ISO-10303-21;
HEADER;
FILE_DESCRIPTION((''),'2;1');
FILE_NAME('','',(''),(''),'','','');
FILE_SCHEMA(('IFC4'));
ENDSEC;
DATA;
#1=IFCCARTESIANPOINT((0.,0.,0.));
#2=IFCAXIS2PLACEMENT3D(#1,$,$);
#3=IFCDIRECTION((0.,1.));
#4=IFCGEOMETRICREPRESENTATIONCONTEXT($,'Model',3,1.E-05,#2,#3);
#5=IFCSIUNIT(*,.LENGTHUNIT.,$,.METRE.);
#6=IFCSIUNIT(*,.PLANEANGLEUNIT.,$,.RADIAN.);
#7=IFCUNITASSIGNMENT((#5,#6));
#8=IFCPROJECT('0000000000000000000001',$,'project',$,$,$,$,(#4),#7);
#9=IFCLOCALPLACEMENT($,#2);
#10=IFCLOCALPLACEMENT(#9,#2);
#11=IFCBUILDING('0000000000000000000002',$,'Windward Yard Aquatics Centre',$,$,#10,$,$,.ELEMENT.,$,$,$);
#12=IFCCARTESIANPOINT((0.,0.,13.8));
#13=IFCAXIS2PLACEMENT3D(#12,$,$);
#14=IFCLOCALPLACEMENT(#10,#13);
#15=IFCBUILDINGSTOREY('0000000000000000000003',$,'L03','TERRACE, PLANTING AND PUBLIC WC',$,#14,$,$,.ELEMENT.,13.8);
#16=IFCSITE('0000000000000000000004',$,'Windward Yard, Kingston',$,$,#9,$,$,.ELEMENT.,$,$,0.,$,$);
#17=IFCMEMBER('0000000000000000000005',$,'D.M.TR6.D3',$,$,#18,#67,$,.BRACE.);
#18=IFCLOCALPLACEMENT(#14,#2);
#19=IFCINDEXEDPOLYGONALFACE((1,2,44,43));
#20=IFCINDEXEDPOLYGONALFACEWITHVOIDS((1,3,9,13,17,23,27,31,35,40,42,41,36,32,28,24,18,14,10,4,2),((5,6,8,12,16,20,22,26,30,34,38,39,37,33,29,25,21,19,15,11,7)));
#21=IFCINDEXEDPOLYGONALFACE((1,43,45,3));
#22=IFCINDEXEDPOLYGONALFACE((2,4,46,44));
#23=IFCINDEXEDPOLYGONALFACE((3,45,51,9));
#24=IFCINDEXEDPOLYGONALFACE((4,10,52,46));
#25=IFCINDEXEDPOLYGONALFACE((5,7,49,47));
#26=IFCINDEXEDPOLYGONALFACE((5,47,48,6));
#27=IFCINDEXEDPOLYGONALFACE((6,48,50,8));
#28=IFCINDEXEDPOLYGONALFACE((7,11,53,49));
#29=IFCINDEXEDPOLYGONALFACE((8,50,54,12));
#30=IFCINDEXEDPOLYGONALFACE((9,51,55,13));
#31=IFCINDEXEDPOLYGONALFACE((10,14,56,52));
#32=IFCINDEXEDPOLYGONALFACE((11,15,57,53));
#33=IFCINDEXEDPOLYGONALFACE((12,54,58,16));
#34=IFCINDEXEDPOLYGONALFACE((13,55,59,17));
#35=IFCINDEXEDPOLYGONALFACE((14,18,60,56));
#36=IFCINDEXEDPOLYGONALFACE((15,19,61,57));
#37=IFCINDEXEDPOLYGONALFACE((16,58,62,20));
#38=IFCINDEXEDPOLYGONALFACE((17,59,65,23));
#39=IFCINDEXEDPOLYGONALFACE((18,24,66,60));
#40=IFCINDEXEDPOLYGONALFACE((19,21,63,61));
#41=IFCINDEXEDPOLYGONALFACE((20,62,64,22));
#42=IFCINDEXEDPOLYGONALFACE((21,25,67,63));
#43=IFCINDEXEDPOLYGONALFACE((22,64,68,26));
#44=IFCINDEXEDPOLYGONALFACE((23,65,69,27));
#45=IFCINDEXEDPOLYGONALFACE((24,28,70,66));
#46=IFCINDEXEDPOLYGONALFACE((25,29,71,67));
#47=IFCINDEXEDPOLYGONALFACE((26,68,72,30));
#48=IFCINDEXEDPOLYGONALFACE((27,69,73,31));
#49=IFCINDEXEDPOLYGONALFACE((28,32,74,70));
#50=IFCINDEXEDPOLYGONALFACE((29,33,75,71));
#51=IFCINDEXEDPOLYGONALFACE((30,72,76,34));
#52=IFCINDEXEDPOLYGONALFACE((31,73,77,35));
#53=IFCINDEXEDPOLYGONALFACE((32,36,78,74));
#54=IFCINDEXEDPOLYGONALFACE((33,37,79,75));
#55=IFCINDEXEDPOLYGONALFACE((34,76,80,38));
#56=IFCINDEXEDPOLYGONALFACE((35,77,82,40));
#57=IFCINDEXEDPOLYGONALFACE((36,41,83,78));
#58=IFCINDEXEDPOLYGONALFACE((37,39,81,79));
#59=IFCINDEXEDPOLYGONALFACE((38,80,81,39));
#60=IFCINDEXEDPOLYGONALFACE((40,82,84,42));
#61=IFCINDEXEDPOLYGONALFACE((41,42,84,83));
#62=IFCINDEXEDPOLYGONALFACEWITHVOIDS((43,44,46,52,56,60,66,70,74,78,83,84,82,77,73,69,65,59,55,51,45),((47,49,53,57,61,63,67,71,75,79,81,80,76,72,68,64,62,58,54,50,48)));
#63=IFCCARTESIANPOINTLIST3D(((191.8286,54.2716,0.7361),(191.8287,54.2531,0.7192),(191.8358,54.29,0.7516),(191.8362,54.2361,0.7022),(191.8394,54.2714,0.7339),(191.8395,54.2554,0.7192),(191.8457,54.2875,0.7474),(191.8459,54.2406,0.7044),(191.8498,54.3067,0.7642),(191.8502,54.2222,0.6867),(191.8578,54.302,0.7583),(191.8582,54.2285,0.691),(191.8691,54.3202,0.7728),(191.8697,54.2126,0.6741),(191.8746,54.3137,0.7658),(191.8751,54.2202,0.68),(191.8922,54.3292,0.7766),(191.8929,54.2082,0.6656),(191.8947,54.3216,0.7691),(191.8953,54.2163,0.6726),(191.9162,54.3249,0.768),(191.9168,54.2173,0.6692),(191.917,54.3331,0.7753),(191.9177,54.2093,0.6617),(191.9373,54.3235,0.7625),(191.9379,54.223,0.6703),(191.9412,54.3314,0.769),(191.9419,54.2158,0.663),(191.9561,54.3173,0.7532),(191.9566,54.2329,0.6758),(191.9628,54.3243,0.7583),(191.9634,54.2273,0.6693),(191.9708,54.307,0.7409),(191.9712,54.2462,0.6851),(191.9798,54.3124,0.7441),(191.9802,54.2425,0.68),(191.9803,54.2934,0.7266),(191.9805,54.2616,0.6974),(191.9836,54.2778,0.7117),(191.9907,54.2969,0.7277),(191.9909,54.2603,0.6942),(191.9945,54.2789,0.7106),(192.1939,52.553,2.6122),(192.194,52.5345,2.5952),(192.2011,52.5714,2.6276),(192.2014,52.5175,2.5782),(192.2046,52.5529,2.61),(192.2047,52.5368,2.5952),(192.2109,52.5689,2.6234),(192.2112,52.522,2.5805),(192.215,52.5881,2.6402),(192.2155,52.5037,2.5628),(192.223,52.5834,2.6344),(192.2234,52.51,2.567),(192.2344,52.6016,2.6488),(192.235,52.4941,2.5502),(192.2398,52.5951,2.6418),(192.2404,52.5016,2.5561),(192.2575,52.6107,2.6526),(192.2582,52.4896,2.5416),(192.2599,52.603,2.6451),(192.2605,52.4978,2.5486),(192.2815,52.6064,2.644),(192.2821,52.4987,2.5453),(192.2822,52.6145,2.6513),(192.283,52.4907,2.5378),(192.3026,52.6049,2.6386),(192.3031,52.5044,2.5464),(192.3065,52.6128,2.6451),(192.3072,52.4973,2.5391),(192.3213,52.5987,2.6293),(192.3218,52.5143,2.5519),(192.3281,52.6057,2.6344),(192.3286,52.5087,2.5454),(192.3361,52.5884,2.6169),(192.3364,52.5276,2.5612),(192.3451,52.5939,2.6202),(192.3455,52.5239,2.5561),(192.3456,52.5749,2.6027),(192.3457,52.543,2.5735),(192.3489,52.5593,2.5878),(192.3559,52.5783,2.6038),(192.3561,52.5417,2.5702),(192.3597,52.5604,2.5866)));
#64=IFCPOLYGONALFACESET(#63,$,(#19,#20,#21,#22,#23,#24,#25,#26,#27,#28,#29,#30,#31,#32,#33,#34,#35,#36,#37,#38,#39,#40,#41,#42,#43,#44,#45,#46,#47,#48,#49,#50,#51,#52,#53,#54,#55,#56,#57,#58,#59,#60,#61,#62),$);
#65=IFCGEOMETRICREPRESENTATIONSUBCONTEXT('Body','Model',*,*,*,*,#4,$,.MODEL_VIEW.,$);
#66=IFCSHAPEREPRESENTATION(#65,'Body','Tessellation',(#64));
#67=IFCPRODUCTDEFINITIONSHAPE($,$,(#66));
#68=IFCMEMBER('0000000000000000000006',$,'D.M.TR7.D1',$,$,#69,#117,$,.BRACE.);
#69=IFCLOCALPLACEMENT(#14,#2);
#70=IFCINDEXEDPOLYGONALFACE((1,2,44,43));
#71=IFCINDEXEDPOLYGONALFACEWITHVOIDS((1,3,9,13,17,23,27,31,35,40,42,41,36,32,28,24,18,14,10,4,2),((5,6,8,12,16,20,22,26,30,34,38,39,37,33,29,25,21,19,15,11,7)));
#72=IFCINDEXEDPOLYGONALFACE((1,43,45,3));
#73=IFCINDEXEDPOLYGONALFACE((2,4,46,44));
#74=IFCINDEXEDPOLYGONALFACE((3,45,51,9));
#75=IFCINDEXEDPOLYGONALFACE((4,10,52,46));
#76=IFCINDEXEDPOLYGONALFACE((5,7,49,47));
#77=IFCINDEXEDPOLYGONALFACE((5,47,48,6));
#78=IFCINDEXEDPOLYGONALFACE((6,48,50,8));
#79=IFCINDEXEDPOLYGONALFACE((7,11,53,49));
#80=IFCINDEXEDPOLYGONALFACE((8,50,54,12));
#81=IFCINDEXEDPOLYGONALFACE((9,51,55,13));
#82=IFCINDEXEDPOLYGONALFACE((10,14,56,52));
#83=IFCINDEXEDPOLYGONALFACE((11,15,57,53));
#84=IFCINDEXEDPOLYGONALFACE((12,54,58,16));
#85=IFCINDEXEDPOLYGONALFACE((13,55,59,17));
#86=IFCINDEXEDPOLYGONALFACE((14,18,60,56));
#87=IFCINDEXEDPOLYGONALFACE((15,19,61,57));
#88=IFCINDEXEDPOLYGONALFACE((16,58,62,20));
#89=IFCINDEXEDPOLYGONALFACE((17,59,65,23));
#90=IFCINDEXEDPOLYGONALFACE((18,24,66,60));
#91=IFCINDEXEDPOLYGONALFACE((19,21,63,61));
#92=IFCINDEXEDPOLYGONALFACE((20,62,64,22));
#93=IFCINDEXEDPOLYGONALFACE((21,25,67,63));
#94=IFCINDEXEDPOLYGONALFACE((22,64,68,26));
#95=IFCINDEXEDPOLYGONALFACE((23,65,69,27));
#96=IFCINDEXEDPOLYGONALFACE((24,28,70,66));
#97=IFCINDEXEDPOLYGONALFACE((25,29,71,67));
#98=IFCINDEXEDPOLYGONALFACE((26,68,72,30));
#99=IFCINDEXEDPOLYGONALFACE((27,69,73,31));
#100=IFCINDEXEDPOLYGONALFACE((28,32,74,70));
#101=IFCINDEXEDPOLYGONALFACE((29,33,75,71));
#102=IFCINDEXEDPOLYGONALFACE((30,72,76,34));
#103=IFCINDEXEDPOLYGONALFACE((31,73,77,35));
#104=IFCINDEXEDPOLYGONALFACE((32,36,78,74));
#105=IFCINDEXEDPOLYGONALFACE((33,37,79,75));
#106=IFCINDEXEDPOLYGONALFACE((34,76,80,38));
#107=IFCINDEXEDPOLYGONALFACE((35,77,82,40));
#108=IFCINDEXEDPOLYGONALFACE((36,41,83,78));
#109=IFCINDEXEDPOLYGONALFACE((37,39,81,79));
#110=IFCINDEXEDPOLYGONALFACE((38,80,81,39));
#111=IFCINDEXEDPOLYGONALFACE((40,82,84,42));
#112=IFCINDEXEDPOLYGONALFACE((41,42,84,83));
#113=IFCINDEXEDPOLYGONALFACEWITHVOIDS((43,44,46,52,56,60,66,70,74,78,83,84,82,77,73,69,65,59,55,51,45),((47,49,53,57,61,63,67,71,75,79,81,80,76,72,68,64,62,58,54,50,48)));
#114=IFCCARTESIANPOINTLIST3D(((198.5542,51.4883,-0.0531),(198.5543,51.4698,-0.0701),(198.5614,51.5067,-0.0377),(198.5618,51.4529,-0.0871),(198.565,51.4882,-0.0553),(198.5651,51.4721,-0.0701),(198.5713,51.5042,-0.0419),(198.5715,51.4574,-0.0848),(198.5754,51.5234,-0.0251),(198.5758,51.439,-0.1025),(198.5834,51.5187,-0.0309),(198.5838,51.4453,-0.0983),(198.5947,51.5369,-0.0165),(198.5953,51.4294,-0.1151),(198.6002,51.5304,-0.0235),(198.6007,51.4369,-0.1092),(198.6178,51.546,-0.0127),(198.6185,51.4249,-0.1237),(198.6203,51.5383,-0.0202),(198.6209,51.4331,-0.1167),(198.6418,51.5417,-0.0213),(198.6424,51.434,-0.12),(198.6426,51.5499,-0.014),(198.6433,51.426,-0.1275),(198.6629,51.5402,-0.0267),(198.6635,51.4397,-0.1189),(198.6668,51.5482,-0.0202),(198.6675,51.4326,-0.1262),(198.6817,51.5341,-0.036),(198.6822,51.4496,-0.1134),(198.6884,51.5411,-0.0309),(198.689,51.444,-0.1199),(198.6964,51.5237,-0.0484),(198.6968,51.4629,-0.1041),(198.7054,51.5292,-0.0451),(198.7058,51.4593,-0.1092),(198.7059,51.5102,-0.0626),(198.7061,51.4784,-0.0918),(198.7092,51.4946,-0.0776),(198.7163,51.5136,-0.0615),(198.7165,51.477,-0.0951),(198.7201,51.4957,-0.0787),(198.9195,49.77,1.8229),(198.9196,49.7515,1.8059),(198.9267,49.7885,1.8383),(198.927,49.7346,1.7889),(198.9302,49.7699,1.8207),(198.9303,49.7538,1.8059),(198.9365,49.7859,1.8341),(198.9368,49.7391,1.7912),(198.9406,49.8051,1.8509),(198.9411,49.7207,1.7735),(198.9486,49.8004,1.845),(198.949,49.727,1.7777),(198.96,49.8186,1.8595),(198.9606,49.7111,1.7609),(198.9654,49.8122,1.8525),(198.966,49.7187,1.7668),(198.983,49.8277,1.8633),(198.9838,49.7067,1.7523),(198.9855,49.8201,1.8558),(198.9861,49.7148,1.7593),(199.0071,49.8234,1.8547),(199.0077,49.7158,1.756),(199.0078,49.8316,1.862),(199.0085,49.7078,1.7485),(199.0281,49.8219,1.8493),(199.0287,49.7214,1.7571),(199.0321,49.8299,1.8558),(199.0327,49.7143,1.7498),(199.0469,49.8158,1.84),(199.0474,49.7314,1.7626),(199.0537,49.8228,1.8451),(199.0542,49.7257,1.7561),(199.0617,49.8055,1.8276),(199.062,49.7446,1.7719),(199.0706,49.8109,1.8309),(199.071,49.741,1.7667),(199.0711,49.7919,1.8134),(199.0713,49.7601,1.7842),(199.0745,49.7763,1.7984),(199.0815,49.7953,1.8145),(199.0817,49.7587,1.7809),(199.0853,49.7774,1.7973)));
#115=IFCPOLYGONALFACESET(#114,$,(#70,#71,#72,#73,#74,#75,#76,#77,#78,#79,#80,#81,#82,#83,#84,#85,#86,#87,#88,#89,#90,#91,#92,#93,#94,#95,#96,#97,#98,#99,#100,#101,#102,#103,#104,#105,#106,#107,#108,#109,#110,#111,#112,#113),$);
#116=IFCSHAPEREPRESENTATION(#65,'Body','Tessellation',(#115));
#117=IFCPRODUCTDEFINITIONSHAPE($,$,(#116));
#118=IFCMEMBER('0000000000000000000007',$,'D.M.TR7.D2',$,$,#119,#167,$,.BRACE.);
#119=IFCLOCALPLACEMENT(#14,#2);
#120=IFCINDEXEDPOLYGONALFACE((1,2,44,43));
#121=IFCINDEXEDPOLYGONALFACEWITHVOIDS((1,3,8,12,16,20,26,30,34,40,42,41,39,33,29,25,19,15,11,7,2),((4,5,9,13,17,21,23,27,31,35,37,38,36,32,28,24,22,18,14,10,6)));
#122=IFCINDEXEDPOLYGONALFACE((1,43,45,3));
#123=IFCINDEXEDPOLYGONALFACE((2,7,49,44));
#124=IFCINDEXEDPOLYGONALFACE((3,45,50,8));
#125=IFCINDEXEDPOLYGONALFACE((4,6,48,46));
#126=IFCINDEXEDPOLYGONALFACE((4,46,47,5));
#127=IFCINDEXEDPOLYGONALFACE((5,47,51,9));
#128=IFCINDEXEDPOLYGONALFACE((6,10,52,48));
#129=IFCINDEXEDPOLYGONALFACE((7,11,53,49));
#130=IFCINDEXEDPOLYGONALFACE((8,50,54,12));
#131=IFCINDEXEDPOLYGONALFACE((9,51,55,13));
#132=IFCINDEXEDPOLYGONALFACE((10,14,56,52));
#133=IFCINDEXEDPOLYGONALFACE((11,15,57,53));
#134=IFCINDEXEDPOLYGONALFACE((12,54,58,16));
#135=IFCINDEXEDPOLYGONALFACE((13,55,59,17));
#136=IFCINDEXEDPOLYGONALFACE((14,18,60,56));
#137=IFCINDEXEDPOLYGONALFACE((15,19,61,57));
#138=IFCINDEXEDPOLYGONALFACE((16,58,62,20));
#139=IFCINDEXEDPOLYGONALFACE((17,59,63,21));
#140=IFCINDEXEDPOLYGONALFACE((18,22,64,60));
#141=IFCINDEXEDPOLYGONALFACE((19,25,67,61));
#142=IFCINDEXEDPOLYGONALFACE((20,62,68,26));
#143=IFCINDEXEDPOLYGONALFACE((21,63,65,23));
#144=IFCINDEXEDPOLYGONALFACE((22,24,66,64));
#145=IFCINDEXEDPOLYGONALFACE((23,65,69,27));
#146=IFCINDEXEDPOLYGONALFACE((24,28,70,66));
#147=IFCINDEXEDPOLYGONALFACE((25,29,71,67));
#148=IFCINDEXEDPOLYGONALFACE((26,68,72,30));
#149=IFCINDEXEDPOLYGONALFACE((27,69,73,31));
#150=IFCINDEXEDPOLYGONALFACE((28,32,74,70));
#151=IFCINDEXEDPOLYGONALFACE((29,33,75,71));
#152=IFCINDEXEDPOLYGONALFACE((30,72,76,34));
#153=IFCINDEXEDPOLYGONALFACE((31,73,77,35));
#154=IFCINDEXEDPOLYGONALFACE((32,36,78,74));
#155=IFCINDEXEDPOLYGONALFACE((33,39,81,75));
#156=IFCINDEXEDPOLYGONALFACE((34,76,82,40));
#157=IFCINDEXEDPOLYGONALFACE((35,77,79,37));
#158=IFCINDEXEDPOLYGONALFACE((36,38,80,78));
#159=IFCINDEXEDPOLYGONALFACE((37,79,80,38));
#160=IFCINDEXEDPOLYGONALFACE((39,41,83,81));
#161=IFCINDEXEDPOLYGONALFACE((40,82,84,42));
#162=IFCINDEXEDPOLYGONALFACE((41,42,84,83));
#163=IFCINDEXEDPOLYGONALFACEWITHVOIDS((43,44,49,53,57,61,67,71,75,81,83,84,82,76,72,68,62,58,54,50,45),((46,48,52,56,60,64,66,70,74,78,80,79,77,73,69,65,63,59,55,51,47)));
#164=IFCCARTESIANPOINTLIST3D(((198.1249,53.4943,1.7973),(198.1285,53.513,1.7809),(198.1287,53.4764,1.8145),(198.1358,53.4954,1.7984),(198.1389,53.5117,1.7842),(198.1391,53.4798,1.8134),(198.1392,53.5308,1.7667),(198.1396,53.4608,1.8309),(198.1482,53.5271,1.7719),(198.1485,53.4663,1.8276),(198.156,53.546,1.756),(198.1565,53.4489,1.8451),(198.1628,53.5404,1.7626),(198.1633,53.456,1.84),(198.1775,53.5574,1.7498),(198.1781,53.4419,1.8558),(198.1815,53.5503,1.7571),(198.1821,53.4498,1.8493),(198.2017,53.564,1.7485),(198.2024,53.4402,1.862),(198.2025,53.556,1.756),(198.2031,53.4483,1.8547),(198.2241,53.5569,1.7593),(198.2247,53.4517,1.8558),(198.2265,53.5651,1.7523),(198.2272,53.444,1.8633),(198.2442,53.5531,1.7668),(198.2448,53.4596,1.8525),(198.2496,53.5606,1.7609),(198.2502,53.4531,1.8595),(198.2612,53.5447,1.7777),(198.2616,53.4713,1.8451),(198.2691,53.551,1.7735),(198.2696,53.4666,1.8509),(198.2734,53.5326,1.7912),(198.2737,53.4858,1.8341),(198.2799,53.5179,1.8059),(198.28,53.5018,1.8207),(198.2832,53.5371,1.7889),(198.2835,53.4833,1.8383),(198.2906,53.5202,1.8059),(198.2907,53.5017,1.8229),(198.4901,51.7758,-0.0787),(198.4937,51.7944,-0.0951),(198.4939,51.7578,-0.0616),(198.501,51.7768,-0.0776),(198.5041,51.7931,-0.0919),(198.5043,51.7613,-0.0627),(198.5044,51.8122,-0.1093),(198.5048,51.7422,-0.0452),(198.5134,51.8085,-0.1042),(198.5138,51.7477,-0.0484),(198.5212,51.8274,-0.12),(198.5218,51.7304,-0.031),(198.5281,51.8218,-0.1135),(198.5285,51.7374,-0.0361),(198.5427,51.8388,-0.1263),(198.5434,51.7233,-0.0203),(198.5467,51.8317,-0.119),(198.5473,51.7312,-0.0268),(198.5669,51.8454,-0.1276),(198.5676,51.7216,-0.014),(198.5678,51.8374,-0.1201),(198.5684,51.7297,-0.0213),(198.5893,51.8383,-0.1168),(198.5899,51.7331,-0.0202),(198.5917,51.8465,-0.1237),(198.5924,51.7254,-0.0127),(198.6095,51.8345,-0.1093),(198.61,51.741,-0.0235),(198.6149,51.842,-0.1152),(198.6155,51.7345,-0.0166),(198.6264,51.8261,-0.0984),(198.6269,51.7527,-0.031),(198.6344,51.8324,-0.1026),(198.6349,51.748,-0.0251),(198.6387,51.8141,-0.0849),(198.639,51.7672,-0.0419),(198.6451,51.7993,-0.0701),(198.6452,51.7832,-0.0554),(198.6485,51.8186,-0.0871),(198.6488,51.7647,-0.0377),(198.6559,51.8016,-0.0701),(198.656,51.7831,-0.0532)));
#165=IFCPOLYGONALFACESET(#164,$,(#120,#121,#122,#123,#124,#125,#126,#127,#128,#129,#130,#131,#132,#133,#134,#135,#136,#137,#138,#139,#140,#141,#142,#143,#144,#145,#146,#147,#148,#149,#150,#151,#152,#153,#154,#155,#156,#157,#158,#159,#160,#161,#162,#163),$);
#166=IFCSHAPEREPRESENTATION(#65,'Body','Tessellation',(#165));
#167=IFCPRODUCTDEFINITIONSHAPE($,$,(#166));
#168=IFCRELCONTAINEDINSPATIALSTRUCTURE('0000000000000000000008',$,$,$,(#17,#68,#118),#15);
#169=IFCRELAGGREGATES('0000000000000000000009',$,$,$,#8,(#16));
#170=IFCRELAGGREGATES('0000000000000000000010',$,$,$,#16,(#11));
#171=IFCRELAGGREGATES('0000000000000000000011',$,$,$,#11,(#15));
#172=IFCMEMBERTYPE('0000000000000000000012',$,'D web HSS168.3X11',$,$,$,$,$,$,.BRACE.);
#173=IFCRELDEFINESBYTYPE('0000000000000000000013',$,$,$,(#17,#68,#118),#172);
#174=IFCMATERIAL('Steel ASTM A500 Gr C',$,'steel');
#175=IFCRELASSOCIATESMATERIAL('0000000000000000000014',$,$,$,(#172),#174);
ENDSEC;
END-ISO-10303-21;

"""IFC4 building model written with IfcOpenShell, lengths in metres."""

from ifc_helpers import new_model, si_unit, direction, frame, origin, origin_2d, place, context, subcontext, project, spatial, hollow_circle, extrude, material, material_profile, profile_set, type_object, element, save


model = new_model("IFC4")

# Units and contexts
model_context = context("Model", 3, precision=1e-05, world=origin(), true_north=direction((0.0, 1.0)))
body_context = subcontext(model_context, "Body", "Model", "MODEL_VIEW")
ifc_project = project(units=[si_unit("LENGTHUNIT", "METRE"), si_unit("PLANEANGLEUNIT", "RADIAN")], contexts=[model_context])

# Site, building, storey
site_placement = place(None, origin())
site = spatial("IfcSite", under=ifc_project, at=site_placement, Name="Windward Yard, Kingston", CompositionType="ELEMENT", RefElevation=0.0)
building_placement = place(site_placement, origin())
building = spatial("IfcBuilding", under=site, at=building_placement, Name="Windward Yard Aquatics Centre", CompositionType="ELEMENT")
storey_placement = place(building_placement, frame((0.0, 0.0, 13.8)))
storey = spatial("IfcBuildingStorey", under=building, at=storey_placement, Name="L03", Description="TERRACE, PLANTING AND PUBLIC WC", CompositionType="ELEMENT", Elevation=13.8)

# Shared definitions
ifc_material_1 = material(Name="Steel ASTM A500 Gr C", Category="steel")

# Members
ifc_material_profile_1 = material_profile(ifc_material_1, hollow_circle(Radius=0.0842, WallThickness=0.011, at=origin_2d()), Name="HSS168.3X11")
ifc_profile_set_1 = profile_set([ifc_material_profile_1], Name="Steel ASTM A500 Gr C")
member_type_1 = type_object("IfcMemberType", Name="D web HSS168.3X11", PredefinedType="BRACE", material=ifc_profile_set_1)
for number, where, z_axis, x_axis, name in (
    (1, (192.2764, 52.552, 2.5952), (-0.142103, 0.668626, -0.729894), (-0.978153, -0.207887, 0.0), "D.M.TR6.D3"),
):
    element("IfcMember", number, at=place(storey_placement, frame(where, z_axis=z_axis, x_axis=x_axis)), inside=storey, type_object=member_type_1, Name=name, PredefinedType="BRACE", context=body_context, shape_type="SweptSolid", body=[
        extrude(hollow_circle(Radius=0.0842, WallThickness=0.011, at=origin_2d()), origin(), (0.0, 0.0, 1.0), 2.5703),
    ])
member_1_placement = place(storey_placement, frame((199.002, 49.769, 1.8059), z_axis=(-0.142112, 0.668574, -0.729941), x_axis=(-0.978147, -0.207915, 0.0)))
element("IfcMember", 2, at=member_1_placement, inside=storey, type_object=member_type_1, Name="D.M.TR7.D1", PredefinedType="BRACE", context=body_context, shape_type="SweptSolid", body=[
    extrude(hollow_circle(Radius=0.0842, WallThickness=0.011, at=origin_2d()), origin(), (0.0, 0.0, 1.0), 2.5701),
])
for number, where, z_axis, x_axis, name in (
    (3, (198.2083, 53.5027, 1.8059), (0.142103, -0.668626, -0.729894), (0.978153, 0.207887, 0.0), "D.M.TR7.D2"),
):
    element("IfcMember", number, at=place(storey_placement, frame(where, z_axis=z_axis, x_axis=x_axis)), inside=storey, type_object=member_type_1, Name=name, PredefinedType="BRACE", context=body_context, shape_type="SweptSolid", body=[
        extrude(hollow_circle(Radius=0.0842, WallThickness=0.011, at=origin_2d()), origin(), (0.0, 0.0, 1.0), 2.5703),
    ])

save(model, "model.ifc")
